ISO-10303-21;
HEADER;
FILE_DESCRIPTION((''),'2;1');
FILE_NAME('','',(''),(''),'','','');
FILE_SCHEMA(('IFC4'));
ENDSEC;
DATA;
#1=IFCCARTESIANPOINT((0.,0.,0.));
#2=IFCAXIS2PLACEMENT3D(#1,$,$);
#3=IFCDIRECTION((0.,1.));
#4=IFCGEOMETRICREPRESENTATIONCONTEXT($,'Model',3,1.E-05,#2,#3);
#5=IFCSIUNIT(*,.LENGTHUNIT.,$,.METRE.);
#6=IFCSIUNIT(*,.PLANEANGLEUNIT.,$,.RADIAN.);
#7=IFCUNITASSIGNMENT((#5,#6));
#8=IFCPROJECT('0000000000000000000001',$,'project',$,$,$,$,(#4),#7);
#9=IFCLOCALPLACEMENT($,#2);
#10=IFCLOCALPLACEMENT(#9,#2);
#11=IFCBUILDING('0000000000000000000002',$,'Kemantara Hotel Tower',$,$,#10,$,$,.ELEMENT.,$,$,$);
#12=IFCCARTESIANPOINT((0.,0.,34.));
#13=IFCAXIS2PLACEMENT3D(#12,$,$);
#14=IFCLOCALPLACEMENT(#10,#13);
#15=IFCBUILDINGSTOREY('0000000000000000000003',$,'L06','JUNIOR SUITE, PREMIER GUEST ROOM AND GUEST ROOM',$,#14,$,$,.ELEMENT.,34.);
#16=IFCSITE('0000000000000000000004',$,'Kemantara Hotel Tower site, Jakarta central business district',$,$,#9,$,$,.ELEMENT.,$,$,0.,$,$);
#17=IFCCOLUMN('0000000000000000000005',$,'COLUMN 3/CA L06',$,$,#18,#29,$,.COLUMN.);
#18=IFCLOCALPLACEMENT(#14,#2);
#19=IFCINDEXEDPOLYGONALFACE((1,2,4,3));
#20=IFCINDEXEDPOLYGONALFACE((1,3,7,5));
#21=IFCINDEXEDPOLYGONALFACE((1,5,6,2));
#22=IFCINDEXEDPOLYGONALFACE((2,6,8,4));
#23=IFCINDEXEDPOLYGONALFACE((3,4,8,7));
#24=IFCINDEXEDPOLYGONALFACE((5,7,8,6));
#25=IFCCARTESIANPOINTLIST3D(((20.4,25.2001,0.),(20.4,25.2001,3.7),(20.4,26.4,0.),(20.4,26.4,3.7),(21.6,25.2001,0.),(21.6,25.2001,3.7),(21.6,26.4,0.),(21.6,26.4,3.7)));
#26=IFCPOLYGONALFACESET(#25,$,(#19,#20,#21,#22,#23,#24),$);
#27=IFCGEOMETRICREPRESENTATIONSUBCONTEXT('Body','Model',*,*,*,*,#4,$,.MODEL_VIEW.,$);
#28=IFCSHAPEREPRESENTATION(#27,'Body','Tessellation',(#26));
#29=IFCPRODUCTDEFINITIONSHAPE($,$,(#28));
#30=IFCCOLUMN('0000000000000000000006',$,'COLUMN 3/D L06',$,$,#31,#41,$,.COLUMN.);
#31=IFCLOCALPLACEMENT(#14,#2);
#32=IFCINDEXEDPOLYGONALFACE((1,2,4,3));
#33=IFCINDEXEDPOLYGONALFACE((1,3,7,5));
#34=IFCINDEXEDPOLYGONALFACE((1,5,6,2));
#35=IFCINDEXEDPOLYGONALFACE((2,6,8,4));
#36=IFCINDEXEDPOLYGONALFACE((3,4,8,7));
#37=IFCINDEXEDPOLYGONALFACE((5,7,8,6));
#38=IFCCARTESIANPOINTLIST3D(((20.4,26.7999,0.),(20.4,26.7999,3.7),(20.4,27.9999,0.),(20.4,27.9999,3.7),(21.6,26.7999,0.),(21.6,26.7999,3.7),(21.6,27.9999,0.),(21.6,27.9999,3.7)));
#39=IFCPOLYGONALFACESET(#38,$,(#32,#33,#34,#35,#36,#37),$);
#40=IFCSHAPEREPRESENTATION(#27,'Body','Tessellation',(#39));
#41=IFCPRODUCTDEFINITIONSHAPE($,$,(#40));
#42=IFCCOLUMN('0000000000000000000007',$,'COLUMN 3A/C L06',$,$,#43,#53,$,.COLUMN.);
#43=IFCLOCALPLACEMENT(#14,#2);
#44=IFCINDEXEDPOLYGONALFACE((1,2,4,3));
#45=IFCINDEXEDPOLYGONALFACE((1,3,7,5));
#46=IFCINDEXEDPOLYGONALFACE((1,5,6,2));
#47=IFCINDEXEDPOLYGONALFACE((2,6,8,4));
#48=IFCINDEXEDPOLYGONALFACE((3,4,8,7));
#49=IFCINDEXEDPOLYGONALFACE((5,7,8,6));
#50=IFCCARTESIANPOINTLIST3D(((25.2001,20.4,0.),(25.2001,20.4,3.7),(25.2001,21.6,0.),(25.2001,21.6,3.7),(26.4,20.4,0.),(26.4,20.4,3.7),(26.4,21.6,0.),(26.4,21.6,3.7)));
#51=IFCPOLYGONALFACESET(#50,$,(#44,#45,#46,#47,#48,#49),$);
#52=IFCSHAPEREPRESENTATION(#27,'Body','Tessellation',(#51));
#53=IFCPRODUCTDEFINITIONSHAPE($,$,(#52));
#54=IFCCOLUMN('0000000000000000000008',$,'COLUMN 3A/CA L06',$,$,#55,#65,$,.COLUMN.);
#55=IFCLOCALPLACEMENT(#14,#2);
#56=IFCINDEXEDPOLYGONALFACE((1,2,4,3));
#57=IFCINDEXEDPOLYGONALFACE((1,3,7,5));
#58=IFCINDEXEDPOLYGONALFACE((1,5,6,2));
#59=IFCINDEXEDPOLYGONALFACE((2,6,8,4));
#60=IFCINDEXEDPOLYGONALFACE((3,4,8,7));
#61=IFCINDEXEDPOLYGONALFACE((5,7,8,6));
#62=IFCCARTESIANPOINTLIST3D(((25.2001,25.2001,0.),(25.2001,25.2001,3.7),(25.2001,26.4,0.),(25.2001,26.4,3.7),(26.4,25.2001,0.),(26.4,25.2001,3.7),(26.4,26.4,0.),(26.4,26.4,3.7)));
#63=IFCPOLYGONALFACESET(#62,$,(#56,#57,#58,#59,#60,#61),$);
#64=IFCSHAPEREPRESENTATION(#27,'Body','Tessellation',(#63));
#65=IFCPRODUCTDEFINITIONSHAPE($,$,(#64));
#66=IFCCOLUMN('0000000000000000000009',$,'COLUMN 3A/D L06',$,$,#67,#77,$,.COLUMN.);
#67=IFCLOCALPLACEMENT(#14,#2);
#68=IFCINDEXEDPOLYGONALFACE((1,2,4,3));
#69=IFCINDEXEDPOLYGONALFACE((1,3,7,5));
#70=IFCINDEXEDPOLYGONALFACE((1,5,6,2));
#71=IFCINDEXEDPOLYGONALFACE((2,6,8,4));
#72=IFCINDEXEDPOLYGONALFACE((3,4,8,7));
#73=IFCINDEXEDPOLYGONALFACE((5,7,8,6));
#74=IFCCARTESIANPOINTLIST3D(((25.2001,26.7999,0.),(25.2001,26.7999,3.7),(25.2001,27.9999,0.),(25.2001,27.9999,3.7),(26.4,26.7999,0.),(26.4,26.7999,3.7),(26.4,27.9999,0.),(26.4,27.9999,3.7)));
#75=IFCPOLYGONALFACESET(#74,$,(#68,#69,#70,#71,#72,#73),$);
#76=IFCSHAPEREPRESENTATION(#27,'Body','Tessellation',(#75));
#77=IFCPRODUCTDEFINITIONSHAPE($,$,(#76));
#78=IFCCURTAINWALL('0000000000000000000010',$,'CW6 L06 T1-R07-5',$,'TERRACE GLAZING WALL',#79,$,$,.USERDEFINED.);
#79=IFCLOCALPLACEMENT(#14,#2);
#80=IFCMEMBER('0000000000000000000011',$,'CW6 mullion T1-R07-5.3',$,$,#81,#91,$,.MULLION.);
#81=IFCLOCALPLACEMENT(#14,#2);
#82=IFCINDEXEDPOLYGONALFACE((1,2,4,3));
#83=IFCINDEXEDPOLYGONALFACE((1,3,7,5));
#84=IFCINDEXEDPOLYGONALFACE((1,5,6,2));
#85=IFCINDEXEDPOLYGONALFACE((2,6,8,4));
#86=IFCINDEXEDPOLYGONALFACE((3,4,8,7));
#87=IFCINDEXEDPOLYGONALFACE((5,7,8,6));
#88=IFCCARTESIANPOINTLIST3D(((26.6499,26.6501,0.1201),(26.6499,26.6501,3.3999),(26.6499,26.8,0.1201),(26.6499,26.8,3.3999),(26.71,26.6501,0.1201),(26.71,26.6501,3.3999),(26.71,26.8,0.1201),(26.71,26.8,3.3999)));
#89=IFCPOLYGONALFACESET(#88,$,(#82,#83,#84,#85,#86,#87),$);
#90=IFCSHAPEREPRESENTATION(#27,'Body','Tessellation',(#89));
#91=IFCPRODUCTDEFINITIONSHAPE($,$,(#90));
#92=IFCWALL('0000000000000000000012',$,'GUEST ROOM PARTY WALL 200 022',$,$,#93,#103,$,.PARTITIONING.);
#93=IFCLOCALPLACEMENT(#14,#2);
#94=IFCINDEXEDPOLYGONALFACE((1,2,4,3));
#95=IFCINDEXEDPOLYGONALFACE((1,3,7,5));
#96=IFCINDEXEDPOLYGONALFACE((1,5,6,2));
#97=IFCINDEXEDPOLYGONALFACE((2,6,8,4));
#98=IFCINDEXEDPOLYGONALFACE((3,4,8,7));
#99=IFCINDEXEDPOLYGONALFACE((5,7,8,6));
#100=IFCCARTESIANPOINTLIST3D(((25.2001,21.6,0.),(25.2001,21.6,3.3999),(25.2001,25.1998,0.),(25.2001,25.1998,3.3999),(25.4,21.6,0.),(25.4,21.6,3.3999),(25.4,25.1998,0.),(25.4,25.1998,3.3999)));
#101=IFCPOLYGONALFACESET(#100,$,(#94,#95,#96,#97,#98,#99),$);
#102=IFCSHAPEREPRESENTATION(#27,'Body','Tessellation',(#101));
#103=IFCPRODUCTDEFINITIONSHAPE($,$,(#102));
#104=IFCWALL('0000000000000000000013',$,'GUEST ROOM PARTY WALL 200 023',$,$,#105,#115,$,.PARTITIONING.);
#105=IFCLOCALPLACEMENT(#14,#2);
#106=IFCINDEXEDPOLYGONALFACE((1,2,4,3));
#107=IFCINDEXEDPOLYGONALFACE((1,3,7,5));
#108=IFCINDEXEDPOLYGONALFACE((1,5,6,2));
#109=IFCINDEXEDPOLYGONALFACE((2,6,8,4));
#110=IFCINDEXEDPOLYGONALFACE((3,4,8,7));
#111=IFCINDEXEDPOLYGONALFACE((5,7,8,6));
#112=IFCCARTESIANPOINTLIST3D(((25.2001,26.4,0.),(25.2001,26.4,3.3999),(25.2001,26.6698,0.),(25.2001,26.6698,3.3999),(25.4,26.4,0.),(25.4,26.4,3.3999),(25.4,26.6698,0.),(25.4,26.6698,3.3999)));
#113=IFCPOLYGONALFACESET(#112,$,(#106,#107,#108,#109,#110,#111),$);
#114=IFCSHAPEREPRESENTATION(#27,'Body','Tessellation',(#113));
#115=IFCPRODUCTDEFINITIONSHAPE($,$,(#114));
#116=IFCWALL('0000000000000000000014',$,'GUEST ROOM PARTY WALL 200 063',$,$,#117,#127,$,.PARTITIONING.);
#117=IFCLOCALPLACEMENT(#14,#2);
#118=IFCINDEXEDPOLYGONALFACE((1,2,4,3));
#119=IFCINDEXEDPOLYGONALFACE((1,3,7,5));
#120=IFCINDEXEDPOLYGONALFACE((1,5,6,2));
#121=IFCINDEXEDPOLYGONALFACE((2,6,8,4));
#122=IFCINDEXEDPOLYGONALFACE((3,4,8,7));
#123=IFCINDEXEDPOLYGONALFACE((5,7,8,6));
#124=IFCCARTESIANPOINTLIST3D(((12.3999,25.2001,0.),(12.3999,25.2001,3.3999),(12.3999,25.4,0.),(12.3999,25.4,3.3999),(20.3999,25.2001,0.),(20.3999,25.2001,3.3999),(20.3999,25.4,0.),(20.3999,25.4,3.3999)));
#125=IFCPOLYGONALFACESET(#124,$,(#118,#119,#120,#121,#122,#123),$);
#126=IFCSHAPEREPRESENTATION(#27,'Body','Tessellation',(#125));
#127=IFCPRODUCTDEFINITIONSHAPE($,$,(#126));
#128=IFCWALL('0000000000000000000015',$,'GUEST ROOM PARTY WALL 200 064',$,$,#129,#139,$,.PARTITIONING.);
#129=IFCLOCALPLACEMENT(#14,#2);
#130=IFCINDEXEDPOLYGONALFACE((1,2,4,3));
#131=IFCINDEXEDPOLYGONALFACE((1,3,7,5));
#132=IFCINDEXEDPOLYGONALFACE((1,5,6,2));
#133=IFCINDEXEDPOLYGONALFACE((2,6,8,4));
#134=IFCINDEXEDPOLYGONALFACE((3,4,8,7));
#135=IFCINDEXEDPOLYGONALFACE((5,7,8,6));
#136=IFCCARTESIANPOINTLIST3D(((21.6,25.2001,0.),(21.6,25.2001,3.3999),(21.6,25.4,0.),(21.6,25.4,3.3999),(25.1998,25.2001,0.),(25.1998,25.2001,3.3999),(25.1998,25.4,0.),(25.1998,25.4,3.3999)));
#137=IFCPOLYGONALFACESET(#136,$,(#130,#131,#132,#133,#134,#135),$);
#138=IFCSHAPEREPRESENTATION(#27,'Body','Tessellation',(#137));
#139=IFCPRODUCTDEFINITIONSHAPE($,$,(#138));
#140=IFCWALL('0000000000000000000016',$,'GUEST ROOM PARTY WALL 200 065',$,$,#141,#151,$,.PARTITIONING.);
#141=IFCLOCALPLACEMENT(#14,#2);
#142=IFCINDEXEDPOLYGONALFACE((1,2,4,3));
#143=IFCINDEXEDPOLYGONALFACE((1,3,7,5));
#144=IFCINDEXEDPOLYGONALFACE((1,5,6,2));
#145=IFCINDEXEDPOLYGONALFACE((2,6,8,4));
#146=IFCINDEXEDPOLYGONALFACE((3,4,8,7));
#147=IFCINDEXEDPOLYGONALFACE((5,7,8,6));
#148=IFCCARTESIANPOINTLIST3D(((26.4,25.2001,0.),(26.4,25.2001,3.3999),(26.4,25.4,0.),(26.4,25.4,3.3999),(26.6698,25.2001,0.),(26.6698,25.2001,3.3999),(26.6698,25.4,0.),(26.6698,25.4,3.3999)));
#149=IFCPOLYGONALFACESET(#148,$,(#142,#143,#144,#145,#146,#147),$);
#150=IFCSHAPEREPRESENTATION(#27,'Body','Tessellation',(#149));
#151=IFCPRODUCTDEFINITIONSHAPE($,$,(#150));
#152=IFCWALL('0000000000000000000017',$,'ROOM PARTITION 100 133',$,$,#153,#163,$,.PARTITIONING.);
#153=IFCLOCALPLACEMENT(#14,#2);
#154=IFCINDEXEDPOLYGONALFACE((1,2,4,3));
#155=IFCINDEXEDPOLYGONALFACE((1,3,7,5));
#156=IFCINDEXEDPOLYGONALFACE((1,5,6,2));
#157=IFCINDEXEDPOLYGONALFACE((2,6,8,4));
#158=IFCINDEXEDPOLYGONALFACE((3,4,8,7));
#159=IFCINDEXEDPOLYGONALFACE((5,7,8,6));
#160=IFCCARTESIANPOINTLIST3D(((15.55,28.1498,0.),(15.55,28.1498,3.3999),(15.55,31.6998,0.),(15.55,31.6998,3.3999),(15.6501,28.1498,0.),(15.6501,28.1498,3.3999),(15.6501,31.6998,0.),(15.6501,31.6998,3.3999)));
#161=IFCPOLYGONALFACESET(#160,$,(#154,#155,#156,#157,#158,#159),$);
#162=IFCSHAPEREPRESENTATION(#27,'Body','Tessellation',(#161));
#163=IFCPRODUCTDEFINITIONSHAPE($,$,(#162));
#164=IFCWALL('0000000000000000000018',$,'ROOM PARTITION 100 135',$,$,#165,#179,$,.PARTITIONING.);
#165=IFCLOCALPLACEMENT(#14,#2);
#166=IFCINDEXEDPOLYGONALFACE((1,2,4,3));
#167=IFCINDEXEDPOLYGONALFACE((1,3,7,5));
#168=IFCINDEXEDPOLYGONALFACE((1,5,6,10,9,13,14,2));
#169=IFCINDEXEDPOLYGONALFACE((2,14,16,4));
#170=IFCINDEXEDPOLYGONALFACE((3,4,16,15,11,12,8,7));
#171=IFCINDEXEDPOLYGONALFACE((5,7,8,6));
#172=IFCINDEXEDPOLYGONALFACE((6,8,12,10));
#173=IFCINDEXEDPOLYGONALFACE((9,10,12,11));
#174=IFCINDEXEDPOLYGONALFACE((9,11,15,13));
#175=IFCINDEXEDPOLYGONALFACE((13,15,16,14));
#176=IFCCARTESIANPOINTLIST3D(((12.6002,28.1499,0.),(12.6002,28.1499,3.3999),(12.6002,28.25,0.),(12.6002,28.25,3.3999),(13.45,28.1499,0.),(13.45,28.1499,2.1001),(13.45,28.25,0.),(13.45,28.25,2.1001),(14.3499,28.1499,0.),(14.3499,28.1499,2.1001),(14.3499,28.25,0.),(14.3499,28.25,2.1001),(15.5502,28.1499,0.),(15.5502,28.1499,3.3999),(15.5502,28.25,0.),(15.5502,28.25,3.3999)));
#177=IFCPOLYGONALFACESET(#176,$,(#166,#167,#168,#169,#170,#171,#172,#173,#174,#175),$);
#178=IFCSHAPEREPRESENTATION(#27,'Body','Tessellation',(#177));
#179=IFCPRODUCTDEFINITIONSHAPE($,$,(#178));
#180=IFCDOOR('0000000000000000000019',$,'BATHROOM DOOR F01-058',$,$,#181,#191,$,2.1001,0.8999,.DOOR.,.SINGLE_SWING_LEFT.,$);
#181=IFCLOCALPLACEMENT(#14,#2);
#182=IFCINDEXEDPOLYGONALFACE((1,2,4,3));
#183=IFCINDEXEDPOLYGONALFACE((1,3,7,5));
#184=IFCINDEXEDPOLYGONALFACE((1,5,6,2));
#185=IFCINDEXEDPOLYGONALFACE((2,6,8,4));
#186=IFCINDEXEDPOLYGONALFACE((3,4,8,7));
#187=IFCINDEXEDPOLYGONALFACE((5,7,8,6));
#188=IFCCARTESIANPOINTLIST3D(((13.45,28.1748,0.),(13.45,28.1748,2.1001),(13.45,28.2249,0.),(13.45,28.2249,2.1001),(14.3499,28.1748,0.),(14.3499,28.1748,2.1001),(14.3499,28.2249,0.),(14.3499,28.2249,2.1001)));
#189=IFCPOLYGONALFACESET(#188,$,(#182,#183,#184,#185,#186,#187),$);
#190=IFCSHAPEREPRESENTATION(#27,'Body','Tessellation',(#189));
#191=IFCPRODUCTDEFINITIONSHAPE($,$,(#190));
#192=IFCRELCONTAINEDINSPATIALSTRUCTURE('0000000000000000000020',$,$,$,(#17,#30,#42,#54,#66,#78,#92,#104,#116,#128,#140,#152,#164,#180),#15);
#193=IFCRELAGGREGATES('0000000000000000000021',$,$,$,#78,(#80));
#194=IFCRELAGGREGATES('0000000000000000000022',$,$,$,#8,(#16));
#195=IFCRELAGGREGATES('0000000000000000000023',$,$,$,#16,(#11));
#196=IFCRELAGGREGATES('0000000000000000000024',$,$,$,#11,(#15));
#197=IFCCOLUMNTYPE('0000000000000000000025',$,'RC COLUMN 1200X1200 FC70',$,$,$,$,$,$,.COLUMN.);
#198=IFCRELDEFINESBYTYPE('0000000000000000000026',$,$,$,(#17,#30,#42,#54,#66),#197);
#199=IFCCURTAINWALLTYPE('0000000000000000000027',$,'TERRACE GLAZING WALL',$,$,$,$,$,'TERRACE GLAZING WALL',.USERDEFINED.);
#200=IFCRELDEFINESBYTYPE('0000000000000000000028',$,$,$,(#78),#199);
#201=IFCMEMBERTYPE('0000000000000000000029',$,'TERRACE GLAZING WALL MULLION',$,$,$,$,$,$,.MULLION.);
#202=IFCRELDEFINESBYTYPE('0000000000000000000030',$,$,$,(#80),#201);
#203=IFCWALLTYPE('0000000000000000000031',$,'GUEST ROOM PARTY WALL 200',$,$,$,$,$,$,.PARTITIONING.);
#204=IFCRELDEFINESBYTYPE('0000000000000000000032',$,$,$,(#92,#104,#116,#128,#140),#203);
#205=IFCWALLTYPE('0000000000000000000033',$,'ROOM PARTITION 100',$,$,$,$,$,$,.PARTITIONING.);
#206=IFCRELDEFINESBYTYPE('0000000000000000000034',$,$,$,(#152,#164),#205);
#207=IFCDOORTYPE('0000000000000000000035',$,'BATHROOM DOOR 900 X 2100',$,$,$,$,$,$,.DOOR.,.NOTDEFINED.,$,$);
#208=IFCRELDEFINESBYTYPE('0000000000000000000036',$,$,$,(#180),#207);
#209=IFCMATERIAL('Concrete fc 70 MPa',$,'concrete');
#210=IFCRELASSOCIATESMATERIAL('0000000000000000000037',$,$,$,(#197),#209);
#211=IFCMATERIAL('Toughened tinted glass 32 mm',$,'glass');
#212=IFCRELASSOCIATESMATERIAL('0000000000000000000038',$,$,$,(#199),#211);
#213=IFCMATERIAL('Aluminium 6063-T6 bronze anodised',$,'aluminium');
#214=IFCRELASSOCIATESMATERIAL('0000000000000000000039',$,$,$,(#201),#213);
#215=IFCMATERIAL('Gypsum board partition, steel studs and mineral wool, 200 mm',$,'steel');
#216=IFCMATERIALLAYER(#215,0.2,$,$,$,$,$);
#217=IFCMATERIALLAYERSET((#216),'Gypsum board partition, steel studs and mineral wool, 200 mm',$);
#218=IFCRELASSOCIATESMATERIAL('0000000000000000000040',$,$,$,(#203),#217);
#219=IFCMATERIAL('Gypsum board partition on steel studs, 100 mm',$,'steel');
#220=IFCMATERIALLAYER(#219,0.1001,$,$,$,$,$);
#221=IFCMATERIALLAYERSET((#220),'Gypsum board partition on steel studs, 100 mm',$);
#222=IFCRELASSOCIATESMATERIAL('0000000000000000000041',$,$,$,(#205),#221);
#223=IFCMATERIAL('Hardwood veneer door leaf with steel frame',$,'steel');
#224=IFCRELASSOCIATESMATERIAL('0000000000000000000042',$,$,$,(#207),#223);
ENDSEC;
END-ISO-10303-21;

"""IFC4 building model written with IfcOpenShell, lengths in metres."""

from ifc_helpers import new_model, si_unit, direction, frame, frame_2d, origin, origin_2d, place, context, subcontext, project, spatial, rectangle, extrude, source, transform, mapped, material, layer, layer_set, material_profile, profile_set, type_object, element, fill, aggregate, save


model = new_model("IFC4")

# Units and contexts
model_context = context("Model", 3, precision=1e-05, world=origin(), true_north=direction((0.0, 1.0)))
body_context = subcontext(model_context, "Body", "Model", "MODEL_VIEW")
ifc_project = project(units=[si_unit("LENGTHUNIT", "METRE"), si_unit("PLANEANGLEUNIT", "RADIAN")], contexts=[model_context])

# Site, building, storey
site_placement = place(None, origin())
site = spatial("IfcSite", under=ifc_project, at=site_placement, Name="Kemantara Hotel Tower site, Jakarta central business district", CompositionType="ELEMENT", RefElevation=0.0)
building_placement = place(site_placement, origin())
building = spatial("IfcBuilding", under=site, at=building_placement, Name="Kemantara Hotel Tower", CompositionType="ELEMENT")
storey_placement = place(building_placement, frame((0.0, 0.0, 34.0)))
storey = spatial("IfcBuildingStorey", under=building, at=storey_placement, Name="L06", Description="JUNIOR SUITE, PREMIER GUEST ROOM AND GUEST ROOM", CompositionType="ELEMENT", Elevation=34.0)

# Columns
ifc_material_1 = material(Name="Concrete fc 70 MPa", Category="concrete")
ifc_material_profile_1 = material_profile(ifc_material_1, rectangle(XDim=1.2, YDim=1.2, at=origin_2d()), Name="RC 1200X1200")
ifc_profile_set_1 = profile_set([ifc_material_profile_1], Name="Concrete fc 70 MPa")
column_type = type_object("IfcColumnType", Name="RC COLUMN 1200X1200 FC70", PredefinedType="COLUMN", material=ifc_profile_set_1)
for number, where, z_axis, x_axis, name in (
    (1, (21.0, 25.8, 0.0), (0.0, 0.0, 1.0), (1.0, 0.0, 0.0), "COLUMN 3/CA L06"),
    (2, (21.0, 27.3999, 0.0), (0.0, 0.0, 1.0), (1.0, 0.0, 0.0), "COLUMN 3/D L06"),
    (3, (25.8, 21.0, 0.0), (0.0, 0.0, 1.0), (1.0, 0.0, 0.0), "COLUMN 3A/C L06"),
    (4, (25.8, 25.8, 0.0), (0.0, 0.0, 1.0), (1.0, 0.0, 0.0), "COLUMN 3A/CA L06"),
    (5, (25.8, 27.3999, 0.0), (0.0, 0.0, 1.0), (1.0, 0.0, 0.0), "COLUMN 3A/D L06"),
):
    element("IfcColumn", number, at=place(storey_placement, frame(where, z_axis=z_axis, x_axis=x_axis)), inside=storey, type_object=column_type, Name=name, PredefinedType="COLUMN", context=body_context, shape_type="SweptSolid", body=[
        extrude(rectangle(XDim=1.2, YDim=1.2, at=origin_2d()), origin(), (0.0, 0.0, 1.0), 3.7),
    ])

# Curtain wall, member
ifc_material_2 = material(Name="Toughened tinted glass 32 mm", Category="glass")
curtain_wall_type = type_object("IfcCurtainWallType", Name="TERRACE GLAZING WALL", ElementType="TERRACE GLAZING WALL", PredefinedType="USERDEFINED", material=ifc_material_2)
curtain_wall_placement = place(storey_placement, origin())
curtain_wall = element("IfcCurtainWall", 6, at=curtain_wall_placement, inside=storey, type_object=curtain_wall_type, Name="CW6 L06 T1-R07-5", ObjectType="TERRACE GLAZING WALL", PredefinedType="USERDEFINED")
ifc_material_3 = material(Name="Aluminium 6063-T6 bronze anodised", Category="aluminium")
ifc_material_profile_2 = material_profile(ifc_material_3, rectangle(XDim=0.1499, YDim=0.0601, at=origin_2d()), Name="TERRACE GLAZING WALL MULLION")
ifc_profile_set_2 = profile_set([ifc_material_profile_2], Name="Aluminium 6063-T6 bronze anodised")
member_type = type_object("IfcMemberType", Name="TERRACE GLAZING WALL MULLION", PredefinedType="MULLION", material=ifc_profile_set_2)
shared_shape = source(origin(), body_context, "Body", "SweptSolid", [
    extrude(rectangle(XDim=0.1499, YDim=0.0601, at=origin_2d()), origin(), (0.0, 0.0, 1.0), 3.2798),
])
member_placement = place(storey_placement, frame((26.6799, 26.7251, 0.1201), z_axis=(0.0, 0.0, 1.0), x_axis=(0.0, -1.0, 0.0)))
member = element("IfcMember", 7, at=member_placement, type_object=member_type, Name="CW6 mullion T1-R07-5.3", PredefinedType="MULLION", context=body_context, shape_type="MappedRepresentation", body=[
    mapped(shared_shape, transform((0.0, 0.0, 0.0))),
])
aggregate(curtain_wall, [member])

# Walls
ifc_material_4 = material(Name="Gypsum board partition, steel studs and mineral wool, 200 mm", Category="steel")
ifc_layer_1 = layer(ifc_material_4, 0.2)
ifc_layer_set_1 = layer_set([ifc_layer_1], Name="Gypsum board partition, steel studs and mineral wool, 200 mm")
wall_type_1 = type_object("IfcWallType", Name="GUEST ROOM PARTY WALL 200", PredefinedType="PARTITIONING", material=ifc_layer_set_1)
wall_1_placement = place(storey_placement, frame((25.3, 21.6001, 0.0), z_axis=(0.0, 0.0, 1.0), x_axis=(0.0, 1.0, 0.0)))
element("IfcWall", 8, at=wall_1_placement, inside=storey, type_object=wall_type_1, Name="GUEST ROOM PARTY WALL 200 022", PredefinedType="PARTITIONING", context=body_context, shape_type="SweptSolid", body=[
    extrude(rectangle(XDim=3.5999, YDim=0.2, at=frame_2d((1.7998, 0.0))), origin(), (0.0, 0.0, 1.0), 3.3999),
])
wall_2_placement = place(storey_placement, frame((25.3, 26.4001, 0.0), z_axis=(0.0, 0.0, 1.0), x_axis=(0.0, 1.0, 0.0)))
element("IfcWall", 9, at=wall_2_placement, inside=storey, type_object=wall_type_1, Name="GUEST ROOM PARTY WALL 200 023", PredefinedType="PARTITIONING", context=body_context, shape_type="SweptSolid", body=[
    extrude(rectangle(XDim=0.2698, YDim=0.2, at=frame_2d((0.1348, 0.0))), origin(), (0.0, 0.0, 1.0), 3.3999),
])
wall_3_placement = place(storey_placement, frame((12.3999, 25.3, 0.0), z_axis=(0.0, 0.0, 1.0), x_axis=(1.0, 0.0, 0.0)))
element("IfcWall", 10, at=wall_3_placement, inside=storey, type_object=wall_type_1, Name="GUEST ROOM PARTY WALL 200 063", PredefinedType="PARTITIONING", context=body_context, shape_type="SweptSolid", body=[
    extrude(rectangle(XDim=8.0, YDim=0.2, at=frame_2d((4.0, 0.0))), origin(), (0.0, 0.0, 1.0), 3.3999),
])
wall_4_placement = place(storey_placement, frame((21.6001, 25.3, 0.0), z_axis=(0.0, 0.0, 1.0), x_axis=(1.0, 0.0, 0.0)))
element("IfcWall", 11, at=wall_4_placement, inside=storey, type_object=wall_type_1, Name="GUEST ROOM PARTY WALL 200 064", PredefinedType="PARTITIONING", context=body_context, shape_type="SweptSolid", body=[
    extrude(rectangle(XDim=3.5999, YDim=0.2, at=frame_2d((1.7998, 0.0))), origin(), (0.0, 0.0, 1.0), 3.3999),
])
wall_5_placement = place(storey_placement, frame((26.4001, 25.3, 0.0), z_axis=(0.0, 0.0, 1.0), x_axis=(1.0, 0.0, 0.0)))
element("IfcWall", 12, at=wall_5_placement, inside=storey, type_object=wall_type_1, Name="GUEST ROOM PARTY WALL 200 065", PredefinedType="PARTITIONING", context=body_context, shape_type="SweptSolid", body=[
    extrude(rectangle(XDim=0.2698, YDim=0.2, at=frame_2d((0.1348, 0.0))), origin(), (0.0, 0.0, 1.0), 3.3999),
])
ifc_material_5 = material(Name="Gypsum board partition on steel studs, 100 mm", Category="steel")
ifc_layer_2 = layer(ifc_material_5, 0.1001)
ifc_layer_set_2 = layer_set([ifc_layer_2], Name="Gypsum board partition on steel studs, 100 mm")
wall_type_2 = type_object("IfcWallType", Name="ROOM PARTITION 100", PredefinedType="PARTITIONING", material=ifc_layer_set_2)
wall_6_placement = place(storey_placement, frame((15.6001, 28.1499, 0.0), z_axis=(0.0, 0.0, 1.0), x_axis=(0.0, 1.0, 0.0)))
element("IfcWall", 13, at=wall_6_placement, inside=storey, type_object=wall_type_2, Name="ROOM PARTITION 100 133", PredefinedType="PARTITIONING", context=body_context, shape_type="SweptSolid", body=[
    extrude(rectangle(XDim=3.55, YDim=0.1001, at=frame_2d((1.7749, 0.0))), origin(), (0.0, 0.0, 1.0), 3.3999),
])

# Wall, opening, door
wall_7_placement = place(storey_placement, frame((12.6001, 28.2, 0.0), z_axis=(0.0, 0.0, 1.0), x_axis=(1.0, 0.0, 0.0)))
wall_7 = element("IfcWall", 14, at=wall_7_placement, inside=storey, type_object=wall_type_2, Name="ROOM PARTITION 100 135", PredefinedType="PARTITIONING", context=body_context, shape_type="SweptSolid", body=[
    extrude(rectangle(XDim=2.95, YDim=0.1001, at=frame_2d((1.4751, 0.0))), origin(), (0.0, 0.0, 1.0), 3.3999),
])
opening_1_placement = place(wall_7_placement, frame((0.8499, 0.0, 0.0)))
opening_1 = element("IfcOpeningElement", 15, at=opening_1_placement, cuts=wall_7, PredefinedType="OPENING", context=body_context, shape_type="SweptSolid", body=[
    extrude(rectangle(XDim=0.8999, YDim=2.1001, at=frame_2d((0.45, 1.05))), frame((0.0, 0.0601, 0.0), z_axis=(0.0, -1.0, 0.0), x_axis=(1.0, 0.0, 0.0)), (0.0, 0.0, 1.0), 0.1201),
])
ifc_material_6 = material(Name="Hardwood veneer door leaf with steel frame", Category="steel")
door_type_1 = type_object("IfcDoorType", Name="BATHROOM DOOR 900 X 2100", OperationType="NOTDEFINED", PredefinedType="DOOR", material=ifc_material_6)
door_1_placement = place(opening_1_placement, origin())
door_1 = element("IfcDoor", 16, at=door_1_placement, inside=storey, type_object=door_type_1, Name="BATHROOM DOOR F01-058", OperationType="SINGLE_SWING_LEFT", OverallHeight=2.1001, OverallWidth=0.8999, PredefinedType="DOOR", context=body_context, shape_type="SweptSolid", body=[
    extrude(rectangle(XDim=0.8999, YDim=2.1001, at=frame_2d((0.45, 1.05))), frame((0.0, 0.0249, 0.0), z_axis=(0.0, -1.0, 0.0), x_axis=(1.0, 0.0, 0.0)), (0.0, 0.0, 1.0), 0.05),
])
fill(opening_1, door_1)

save(model, "model.ifc")
